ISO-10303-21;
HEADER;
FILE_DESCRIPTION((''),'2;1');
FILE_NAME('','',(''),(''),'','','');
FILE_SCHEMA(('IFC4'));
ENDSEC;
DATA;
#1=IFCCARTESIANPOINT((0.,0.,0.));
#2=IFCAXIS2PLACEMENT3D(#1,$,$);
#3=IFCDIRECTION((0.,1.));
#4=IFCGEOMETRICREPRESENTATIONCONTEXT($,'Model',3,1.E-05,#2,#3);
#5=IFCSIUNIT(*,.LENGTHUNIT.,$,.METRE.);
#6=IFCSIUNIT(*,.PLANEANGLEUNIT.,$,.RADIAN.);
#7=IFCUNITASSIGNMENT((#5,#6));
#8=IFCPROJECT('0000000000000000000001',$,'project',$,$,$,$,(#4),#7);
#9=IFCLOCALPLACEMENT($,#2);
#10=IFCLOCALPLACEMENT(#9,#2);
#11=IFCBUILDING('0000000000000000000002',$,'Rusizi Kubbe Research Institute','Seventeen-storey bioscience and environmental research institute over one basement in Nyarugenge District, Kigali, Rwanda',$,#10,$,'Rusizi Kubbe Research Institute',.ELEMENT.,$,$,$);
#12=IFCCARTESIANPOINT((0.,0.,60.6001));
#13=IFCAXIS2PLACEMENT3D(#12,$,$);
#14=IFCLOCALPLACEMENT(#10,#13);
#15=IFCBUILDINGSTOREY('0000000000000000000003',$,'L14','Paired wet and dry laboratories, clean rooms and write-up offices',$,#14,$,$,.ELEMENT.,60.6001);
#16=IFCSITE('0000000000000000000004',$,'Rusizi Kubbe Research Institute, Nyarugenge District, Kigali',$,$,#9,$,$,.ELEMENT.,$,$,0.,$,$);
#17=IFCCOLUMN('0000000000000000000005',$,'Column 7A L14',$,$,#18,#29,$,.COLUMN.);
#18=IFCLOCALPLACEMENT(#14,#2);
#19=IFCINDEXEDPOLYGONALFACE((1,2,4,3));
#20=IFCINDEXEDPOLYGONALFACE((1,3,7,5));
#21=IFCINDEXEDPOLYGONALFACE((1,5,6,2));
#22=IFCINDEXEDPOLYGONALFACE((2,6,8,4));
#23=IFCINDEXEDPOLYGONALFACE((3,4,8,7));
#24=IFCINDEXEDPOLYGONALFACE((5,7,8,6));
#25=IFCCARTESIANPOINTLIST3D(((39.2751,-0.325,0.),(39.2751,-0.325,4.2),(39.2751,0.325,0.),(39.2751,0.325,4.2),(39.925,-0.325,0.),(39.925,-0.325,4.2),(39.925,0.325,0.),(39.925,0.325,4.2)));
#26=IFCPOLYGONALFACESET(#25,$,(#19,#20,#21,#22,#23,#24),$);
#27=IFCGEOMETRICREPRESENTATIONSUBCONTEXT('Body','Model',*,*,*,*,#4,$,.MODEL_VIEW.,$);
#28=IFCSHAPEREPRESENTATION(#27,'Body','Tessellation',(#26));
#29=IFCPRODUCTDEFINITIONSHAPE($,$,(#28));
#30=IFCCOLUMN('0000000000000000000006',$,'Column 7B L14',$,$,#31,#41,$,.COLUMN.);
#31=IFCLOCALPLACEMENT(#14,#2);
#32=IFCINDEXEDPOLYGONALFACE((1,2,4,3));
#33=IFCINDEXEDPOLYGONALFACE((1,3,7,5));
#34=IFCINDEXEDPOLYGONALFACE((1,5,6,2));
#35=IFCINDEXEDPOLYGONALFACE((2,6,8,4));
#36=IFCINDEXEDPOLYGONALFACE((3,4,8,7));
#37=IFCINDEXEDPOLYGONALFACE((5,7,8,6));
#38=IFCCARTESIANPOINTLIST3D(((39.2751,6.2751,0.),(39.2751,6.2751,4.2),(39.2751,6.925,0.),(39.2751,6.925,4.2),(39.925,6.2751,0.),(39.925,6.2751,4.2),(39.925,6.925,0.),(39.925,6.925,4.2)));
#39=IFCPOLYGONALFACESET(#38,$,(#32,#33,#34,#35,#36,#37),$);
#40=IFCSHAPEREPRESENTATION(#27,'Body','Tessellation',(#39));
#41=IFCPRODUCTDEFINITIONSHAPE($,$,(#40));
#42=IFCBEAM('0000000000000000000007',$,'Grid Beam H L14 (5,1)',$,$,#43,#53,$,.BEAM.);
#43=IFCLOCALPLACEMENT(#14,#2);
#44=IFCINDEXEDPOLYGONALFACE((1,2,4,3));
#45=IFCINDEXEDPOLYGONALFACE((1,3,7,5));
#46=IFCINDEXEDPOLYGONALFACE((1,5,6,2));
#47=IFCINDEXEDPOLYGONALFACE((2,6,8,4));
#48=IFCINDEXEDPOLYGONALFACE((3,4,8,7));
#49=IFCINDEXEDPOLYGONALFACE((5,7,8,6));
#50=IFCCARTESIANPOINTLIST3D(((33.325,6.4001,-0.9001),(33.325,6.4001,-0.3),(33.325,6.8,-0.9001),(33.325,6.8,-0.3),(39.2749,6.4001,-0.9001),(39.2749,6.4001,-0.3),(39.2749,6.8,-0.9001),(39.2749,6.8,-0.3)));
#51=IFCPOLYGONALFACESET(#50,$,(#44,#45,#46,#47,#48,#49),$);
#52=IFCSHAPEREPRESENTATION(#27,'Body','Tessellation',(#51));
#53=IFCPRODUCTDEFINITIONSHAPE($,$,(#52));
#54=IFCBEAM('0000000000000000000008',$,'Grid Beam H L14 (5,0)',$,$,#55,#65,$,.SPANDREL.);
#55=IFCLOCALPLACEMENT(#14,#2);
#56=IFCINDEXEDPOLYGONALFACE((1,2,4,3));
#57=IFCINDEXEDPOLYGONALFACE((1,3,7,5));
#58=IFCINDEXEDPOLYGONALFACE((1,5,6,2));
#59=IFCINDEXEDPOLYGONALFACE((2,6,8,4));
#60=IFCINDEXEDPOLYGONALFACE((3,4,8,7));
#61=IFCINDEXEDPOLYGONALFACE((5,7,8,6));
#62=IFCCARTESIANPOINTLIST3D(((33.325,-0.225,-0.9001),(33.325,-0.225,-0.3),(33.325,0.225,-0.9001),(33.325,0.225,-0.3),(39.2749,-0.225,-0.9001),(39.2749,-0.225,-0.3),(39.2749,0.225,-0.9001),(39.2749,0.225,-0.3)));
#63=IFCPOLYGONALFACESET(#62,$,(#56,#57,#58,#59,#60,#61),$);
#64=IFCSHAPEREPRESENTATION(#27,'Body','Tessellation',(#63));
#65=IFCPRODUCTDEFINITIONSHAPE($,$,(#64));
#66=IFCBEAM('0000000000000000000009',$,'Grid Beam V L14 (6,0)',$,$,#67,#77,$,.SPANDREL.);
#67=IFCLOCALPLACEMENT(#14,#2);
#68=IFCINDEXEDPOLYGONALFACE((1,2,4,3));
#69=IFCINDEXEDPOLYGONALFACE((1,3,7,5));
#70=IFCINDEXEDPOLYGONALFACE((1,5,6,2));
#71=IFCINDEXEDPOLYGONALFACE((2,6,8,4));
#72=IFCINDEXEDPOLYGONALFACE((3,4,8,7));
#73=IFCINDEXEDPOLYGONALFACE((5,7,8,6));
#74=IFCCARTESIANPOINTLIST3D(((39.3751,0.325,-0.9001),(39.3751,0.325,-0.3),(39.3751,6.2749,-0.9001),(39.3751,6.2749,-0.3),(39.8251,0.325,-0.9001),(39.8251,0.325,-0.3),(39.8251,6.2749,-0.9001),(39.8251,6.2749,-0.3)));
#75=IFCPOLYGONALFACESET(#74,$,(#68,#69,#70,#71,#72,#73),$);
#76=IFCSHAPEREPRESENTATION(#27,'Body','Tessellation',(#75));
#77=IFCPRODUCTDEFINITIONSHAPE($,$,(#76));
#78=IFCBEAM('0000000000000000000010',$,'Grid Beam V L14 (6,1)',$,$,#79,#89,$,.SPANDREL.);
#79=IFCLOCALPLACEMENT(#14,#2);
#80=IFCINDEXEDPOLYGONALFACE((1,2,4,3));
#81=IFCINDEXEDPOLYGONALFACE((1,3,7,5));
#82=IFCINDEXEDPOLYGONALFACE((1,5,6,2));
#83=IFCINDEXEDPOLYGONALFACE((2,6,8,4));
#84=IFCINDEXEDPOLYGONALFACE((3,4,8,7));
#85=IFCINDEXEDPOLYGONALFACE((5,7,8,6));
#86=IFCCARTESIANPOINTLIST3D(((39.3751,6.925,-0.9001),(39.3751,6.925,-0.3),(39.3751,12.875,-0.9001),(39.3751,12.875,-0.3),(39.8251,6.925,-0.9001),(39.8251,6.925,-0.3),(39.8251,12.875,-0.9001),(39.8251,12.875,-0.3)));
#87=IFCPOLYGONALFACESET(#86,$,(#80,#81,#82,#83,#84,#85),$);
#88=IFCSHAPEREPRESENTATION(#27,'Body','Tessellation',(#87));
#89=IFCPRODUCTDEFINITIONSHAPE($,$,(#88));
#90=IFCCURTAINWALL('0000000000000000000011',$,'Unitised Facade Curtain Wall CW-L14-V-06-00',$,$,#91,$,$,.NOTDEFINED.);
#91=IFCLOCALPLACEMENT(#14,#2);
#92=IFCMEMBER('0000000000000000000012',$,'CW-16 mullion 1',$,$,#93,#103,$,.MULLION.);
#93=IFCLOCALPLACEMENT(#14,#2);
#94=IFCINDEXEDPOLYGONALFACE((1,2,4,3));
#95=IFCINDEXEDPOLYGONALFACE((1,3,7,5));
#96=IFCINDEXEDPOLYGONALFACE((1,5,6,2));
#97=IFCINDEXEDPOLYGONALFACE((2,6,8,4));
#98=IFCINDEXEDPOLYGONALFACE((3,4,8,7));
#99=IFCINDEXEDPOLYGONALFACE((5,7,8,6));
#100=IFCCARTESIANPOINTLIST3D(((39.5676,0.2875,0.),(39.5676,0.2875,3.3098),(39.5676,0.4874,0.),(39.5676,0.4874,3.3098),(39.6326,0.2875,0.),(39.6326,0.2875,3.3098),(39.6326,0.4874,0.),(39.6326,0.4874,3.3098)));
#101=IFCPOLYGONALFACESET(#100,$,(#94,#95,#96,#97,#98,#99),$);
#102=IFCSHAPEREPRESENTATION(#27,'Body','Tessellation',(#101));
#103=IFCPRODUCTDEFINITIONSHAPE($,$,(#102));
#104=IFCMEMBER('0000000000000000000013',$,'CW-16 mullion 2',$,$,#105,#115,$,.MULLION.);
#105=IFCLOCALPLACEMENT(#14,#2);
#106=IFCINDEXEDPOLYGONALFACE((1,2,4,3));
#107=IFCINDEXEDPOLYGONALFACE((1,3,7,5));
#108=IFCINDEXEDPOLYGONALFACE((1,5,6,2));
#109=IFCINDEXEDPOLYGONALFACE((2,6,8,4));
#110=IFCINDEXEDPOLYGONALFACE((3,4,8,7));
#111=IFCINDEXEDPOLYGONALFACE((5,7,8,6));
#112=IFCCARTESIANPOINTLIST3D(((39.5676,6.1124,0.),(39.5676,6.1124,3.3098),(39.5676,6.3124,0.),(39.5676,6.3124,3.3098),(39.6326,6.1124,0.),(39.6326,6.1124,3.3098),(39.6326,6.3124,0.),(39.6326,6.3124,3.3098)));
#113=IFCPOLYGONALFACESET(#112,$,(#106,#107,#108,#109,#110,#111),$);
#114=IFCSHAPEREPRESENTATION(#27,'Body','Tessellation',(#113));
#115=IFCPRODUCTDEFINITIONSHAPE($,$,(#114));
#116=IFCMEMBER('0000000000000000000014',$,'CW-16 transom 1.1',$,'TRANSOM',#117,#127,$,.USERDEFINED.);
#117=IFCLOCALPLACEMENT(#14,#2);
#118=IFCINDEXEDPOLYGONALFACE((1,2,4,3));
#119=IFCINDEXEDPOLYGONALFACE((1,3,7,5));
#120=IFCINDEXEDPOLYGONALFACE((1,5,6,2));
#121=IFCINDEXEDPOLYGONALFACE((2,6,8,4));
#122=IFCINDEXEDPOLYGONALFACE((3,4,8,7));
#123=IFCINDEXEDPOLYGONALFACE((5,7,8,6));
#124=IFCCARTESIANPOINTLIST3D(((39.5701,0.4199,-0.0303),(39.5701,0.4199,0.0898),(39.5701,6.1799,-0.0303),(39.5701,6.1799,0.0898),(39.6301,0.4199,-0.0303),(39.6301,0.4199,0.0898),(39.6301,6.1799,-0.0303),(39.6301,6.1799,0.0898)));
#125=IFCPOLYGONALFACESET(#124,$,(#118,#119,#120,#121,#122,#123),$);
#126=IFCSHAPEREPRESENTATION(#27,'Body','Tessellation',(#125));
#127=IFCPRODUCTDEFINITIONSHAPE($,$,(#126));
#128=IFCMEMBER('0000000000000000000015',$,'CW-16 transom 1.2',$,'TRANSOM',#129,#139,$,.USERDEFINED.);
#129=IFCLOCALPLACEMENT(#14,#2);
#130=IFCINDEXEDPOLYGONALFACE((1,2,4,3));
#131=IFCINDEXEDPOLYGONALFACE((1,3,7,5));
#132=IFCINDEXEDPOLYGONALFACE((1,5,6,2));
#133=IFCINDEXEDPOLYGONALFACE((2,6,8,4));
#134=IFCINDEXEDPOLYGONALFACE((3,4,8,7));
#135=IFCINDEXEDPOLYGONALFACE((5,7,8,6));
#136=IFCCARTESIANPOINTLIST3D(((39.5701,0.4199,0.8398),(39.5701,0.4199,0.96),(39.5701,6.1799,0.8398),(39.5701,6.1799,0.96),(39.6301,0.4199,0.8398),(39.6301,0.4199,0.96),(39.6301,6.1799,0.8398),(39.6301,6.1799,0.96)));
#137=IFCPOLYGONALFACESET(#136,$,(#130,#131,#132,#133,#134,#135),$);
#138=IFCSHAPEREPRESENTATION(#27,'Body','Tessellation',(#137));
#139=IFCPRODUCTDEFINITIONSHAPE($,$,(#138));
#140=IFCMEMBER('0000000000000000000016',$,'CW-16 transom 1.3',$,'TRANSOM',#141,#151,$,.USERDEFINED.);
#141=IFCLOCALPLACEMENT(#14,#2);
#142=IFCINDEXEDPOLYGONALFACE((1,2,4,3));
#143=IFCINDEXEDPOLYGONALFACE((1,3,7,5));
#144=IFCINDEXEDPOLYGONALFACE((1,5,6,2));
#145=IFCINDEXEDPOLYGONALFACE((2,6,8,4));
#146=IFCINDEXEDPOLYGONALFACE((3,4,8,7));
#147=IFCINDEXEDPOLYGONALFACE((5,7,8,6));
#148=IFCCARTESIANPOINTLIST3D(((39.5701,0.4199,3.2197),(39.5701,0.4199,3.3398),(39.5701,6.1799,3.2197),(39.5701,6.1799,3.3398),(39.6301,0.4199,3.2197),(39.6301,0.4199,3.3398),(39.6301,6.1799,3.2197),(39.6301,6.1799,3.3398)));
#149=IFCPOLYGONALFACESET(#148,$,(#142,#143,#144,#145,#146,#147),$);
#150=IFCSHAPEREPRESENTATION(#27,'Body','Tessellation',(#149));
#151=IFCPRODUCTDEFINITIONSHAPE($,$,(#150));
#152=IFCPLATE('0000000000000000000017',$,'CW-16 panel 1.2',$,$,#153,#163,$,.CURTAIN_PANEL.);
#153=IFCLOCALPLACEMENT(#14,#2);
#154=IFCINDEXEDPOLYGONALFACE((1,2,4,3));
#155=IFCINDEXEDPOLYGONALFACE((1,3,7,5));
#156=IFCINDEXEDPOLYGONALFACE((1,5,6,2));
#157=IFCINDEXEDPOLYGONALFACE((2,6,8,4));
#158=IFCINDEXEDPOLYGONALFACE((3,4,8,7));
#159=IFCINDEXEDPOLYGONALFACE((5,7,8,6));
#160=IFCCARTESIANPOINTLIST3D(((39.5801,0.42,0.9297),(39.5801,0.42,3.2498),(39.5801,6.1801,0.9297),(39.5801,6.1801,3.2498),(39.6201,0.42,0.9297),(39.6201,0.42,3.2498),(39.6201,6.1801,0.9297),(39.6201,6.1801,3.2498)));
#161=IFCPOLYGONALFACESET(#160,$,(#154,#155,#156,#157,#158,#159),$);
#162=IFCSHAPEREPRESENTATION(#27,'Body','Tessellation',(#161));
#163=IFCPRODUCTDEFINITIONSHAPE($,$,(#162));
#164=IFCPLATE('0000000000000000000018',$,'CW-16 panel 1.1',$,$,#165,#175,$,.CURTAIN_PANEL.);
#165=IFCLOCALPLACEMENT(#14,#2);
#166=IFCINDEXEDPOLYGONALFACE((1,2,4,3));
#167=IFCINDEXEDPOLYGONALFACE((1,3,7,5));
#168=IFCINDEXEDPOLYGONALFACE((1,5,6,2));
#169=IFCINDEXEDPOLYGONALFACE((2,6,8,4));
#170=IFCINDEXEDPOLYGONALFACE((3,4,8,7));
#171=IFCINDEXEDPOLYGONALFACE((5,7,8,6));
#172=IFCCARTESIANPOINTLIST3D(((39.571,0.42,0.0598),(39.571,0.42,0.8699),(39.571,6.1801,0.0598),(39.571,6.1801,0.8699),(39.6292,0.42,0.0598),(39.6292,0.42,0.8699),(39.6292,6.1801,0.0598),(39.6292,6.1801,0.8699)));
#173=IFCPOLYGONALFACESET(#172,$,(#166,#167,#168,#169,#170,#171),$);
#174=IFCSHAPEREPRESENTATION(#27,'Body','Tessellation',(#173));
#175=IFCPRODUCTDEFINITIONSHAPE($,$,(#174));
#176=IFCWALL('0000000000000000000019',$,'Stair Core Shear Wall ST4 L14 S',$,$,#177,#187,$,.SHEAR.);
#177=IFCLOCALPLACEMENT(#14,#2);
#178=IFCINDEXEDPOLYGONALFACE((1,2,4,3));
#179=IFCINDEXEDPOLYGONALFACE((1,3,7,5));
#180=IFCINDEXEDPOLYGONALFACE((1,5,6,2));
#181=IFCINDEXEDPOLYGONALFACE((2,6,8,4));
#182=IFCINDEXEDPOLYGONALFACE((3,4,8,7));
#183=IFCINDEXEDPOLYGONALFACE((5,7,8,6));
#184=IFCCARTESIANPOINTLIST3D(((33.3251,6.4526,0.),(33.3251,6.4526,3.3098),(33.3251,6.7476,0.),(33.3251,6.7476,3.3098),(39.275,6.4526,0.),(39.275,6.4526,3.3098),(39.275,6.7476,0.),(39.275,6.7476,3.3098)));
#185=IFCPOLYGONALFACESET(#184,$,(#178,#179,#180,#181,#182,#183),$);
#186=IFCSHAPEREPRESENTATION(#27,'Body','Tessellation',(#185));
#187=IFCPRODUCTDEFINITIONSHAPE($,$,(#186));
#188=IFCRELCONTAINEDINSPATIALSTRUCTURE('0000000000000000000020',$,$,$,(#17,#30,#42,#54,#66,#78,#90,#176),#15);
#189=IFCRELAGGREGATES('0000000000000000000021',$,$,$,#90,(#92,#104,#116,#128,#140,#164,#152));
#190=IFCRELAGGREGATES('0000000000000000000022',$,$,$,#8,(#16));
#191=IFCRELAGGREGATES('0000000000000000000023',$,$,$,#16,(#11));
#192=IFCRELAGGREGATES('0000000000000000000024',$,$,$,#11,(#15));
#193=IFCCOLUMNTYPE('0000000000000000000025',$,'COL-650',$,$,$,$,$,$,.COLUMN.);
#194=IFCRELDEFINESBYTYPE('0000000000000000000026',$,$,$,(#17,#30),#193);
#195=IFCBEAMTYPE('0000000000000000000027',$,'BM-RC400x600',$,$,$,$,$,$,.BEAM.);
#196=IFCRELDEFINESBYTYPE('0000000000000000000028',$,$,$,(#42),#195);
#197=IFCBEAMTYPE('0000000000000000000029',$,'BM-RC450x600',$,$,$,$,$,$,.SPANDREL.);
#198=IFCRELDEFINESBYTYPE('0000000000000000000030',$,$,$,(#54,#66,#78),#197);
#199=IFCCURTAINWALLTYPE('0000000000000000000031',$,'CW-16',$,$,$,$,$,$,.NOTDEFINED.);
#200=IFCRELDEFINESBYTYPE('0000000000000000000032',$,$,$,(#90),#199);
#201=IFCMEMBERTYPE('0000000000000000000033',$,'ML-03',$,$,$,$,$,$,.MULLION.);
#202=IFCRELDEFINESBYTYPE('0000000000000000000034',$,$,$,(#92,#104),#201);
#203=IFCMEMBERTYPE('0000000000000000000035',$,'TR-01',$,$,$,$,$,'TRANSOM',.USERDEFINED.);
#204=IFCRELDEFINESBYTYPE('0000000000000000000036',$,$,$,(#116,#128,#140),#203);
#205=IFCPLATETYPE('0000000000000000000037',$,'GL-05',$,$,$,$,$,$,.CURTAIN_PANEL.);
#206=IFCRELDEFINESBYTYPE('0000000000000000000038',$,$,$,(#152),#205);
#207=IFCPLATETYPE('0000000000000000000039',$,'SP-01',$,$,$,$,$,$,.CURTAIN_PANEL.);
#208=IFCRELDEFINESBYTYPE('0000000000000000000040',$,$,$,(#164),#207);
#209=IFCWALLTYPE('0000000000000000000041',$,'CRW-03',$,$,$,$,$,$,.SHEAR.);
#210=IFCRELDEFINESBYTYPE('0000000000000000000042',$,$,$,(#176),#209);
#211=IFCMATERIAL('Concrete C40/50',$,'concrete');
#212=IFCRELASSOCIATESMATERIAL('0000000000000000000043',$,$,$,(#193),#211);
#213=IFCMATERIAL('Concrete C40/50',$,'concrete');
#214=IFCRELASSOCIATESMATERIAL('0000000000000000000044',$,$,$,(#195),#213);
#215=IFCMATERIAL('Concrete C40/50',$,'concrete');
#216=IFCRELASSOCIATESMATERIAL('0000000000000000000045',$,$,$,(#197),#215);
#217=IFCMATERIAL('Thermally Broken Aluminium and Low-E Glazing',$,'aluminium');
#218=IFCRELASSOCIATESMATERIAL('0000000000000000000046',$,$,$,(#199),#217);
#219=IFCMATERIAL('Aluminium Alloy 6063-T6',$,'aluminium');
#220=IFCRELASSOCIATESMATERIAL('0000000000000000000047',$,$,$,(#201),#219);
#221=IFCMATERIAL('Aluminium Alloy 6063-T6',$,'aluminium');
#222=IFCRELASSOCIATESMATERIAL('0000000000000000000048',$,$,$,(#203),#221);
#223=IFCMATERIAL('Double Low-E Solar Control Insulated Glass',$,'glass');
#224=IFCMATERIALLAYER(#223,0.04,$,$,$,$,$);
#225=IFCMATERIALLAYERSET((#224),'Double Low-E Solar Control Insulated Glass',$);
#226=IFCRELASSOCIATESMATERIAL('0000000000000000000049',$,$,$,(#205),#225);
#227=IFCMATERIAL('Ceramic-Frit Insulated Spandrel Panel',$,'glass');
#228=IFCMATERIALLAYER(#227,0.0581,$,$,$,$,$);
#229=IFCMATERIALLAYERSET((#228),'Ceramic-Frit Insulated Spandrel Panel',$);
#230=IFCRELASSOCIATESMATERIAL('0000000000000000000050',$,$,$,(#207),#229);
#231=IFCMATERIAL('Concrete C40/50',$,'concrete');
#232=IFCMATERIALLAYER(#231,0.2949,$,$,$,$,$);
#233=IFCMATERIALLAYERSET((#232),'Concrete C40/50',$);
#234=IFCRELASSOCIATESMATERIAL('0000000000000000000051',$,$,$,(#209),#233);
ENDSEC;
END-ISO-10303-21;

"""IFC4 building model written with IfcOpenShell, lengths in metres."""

from ifc_helpers import new_model, si_unit, direction, frame, frame_2d, origin, origin_2d, place, context, subcontext, project, spatial, rectangle, extrude, material, layer, layer_set, material_profile, profile_set, type_object, element, aggregate, save


model = new_model("IFC4")

# Units and contexts
model_context = context("Model", 3, precision=1e-05, world=origin(), true_north=direction((0.0, 1.0)))
body_context = subcontext(model_context, "Body", "Model", "MODEL_VIEW")
ifc_project = project(units=[si_unit("LENGTHUNIT", "METRE"), si_unit("PLANEANGLEUNIT", "RADIAN")], contexts=[model_context])

# Site, building, storey
site_placement = place(None, origin())
site = spatial("IfcSite", under=ifc_project, at=site_placement, Name="Rusizi Kubbe Research Institute, Nyarugenge District, Kigali", CompositionType="ELEMENT", RefElevation=0.0)
building_placement = place(site_placement, origin())
building = spatial("IfcBuilding", under=site, at=building_placement, Name="Rusizi Kubbe Research Institute", Description="Seventeen-storey bioscience and environmental research institute over one basement in Nyarugenge District, Kigali, Rwanda", LongName="Rusizi Kubbe Research Institute", CompositionType="ELEMENT")
storey_placement = place(building_placement, frame((0.0, 0.0, 60.6001)))
storey = spatial("IfcBuildingStorey", under=building, at=storey_placement, Name="L14", Description="Paired wet and dry laboratories, clean rooms and write-up offices", CompositionType="ELEMENT", Elevation=60.6001)

# Columns
ifc_material_1 = material(Name="Concrete C40/50", Category="concrete")
ifc_material_profile_1 = material_profile(ifc_material_1, rectangle(XDim=0.6499, YDim=0.6499, at=origin_2d()), Name="RC650x650")
ifc_profile_set_1 = profile_set([ifc_material_profile_1], Name="Concrete C40/50")
column_type = type_object("IfcColumnType", Name="COL-650", PredefinedType="COLUMN", material=ifc_profile_set_1)
for number, where, z_axis, x_axis, name in (
    (1, (39.6001, 0.0, 0.0), (0.0, 0.0, 1.0), (1.0, 0.0, 0.0), "Column 7A L14"),
    (2, (39.6001, 6.6001, 0.0), (0.0, 0.0, 1.0), (1.0, 0.0, 0.0), "Column 7B L14"),
):
    element("IfcColumn", number, at=place(storey_placement, frame(where, z_axis=z_axis, x_axis=x_axis)), inside=storey, type_object=column_type, Name=name, PredefinedType="COLUMN", context=body_context, shape_type="SweptSolid", body=[
        extrude(rectangle(XDim=0.6499, YDim=0.6499, at=origin_2d()), origin(), (0.0, 0.0, 1.0), 4.2),
    ])

# Beams
ifc_material_2 = material(Name="Concrete C40/50", Category="concrete")
ifc_material_profile_2 = material_profile(ifc_material_2, rectangle(XDim=0.3999, YDim=0.6001, at=origin_2d()), Name="RC400x600")
ifc_profile_set_2 = profile_set([ifc_material_profile_2], Name="Concrete C40/50")
beam_type_1 = type_object("IfcBeamType", Name="BM-RC400x600", PredefinedType="BEAM", material=ifc_profile_set_2)
beam_placement = place(storey_placement, frame((33.325, 6.6001, -0.6001), z_axis=(1.0, 0.0, 0.0), x_axis=(0.0, 1.0, 0.0)))
element("IfcBeam", 3, at=beam_placement, inside=storey, type_object=beam_type_1, Name="Grid Beam H L14 (5,1)", PredefinedType="BEAM", context=body_context, shape_type="SweptSolid", body=[
    extrude(rectangle(XDim=0.3999, YDim=0.6001, at=origin_2d()), origin(), (0.0, 0.0, 1.0), 5.95),
])
ifc_material_3 = material(Name="Concrete C40/50", Category="concrete")
ifc_material_profile_3 = material_profile(ifc_material_3, rectangle(XDim=0.45, YDim=0.6001, at=origin_2d()), Name="RC450x600")
ifc_profile_set_3 = profile_set([ifc_material_profile_3], Name="Concrete C40/50")
beam_type_2 = type_object("IfcBeamType", Name="BM-RC450x600", PredefinedType="SPANDREL", material=ifc_profile_set_3)
for number, where, z_axis, x_axis, name in (
    (4, (33.325, 0.0, -0.6001), (1.0, 0.0, 0.0), (0.0, 1.0, 0.0), "Grid Beam H L14 (5,0)"),
    (5, (39.6001, 0.325, -0.6001), (0.0, 1.0, 0.0), (-1.0, 0.0, 0.0), "Grid Beam V L14 (6,0)"),
    (6, (39.6001, 6.925, -0.6001), (0.0, 1.0, 0.0), (-1.0, 0.0, 0.0), "Grid Beam V L14 (6,1)"),
):
    element("IfcBeam", number, at=place(storey_placement, frame(where, z_axis=z_axis, x_axis=x_axis)), inside=storey, type_object=beam_type_2, Name=name, PredefinedType="SPANDREL", context=body_context, shape_type="SweptSolid", body=[
        extrude(rectangle(XDim=0.45, YDim=0.6001, at=origin_2d()), origin(), (0.0, 0.0, 1.0), 5.95),
    ])

# Curtain wall, members, plates
ifc_material_4 = material(Name="Thermally Broken Aluminium and Low-E Glazing", Category="aluminium")
curtain_wall_type = type_object("IfcCurtainWallType", Name="CW-16", PredefinedType="NOTDEFINED", material=ifc_material_4)
curtain_wall_placement = place(storey_placement, origin())
curtain_wall = element("IfcCurtainWall", 7, at=curtain_wall_placement, inside=storey, type_object=curtain_wall_type, Name="Unitised Facade Curtain Wall CW-L14-V-06-00", PredefinedType="NOTDEFINED")
ifc_material_5 = material(Name="Aluminium Alloy 6063-T6", Category="aluminium")
ifc_material_profile_4 = material_profile(ifc_material_5, rectangle(XDim=0.0649, YDim=0.2, at=origin_2d()), Name="ALU-M 65x200")
ifc_profile_set_4 = profile_set([ifc_material_profile_4], Name="Aluminium Alloy 6063-T6")
member_type_1 = type_object("IfcMemberType", Name="ML-03", PredefinedType="MULLION", material=ifc_profile_set_4)
member_1_placement = place(storey_placement, frame((39.6001, 0.3875, 0.0), z_axis=(0.0, 0.0, 1.0), x_axis=(-1.0, 0.0, 0.0)))
member_1 = element("IfcMember", 8, at=member_1_placement, type_object=member_type_1, Name="CW-16 mullion 1", PredefinedType="MULLION", context=body_context, shape_type="SweptSolid", body=[
    extrude(rectangle(XDim=0.0649, YDim=0.2, at=origin_2d()), origin(), (0.0, 0.0, 1.0), 3.3098),
])
member_2_placement = place(storey_placement, frame((39.6001, 6.2124, 0.0), z_axis=(0.0, 0.0, 1.0), x_axis=(-1.0, 0.0, 0.0)))
member_2 = element("IfcMember", 9, at=member_2_placement, type_object=member_type_1, Name="CW-16 mullion 2", PredefinedType="MULLION", context=body_context, shape_type="SweptSolid", body=[
    extrude(rectangle(XDim=0.0649, YDim=0.2, at=origin_2d()), origin(), (0.0, 0.0, 1.0), 3.3098),
])
ifc_material_6 = material(Name="Aluminium Alloy 6063-T6", Category="aluminium")
ifc_material_profile_5 = material_profile(ifc_material_6, rectangle(XDim=0.0601, YDim=0.1201, at=origin_2d()), Name="ALU-T 60x120")
ifc_profile_set_5 = profile_set([ifc_material_profile_5], Name="Aluminium Alloy 6063-T6")
member_type_2 = type_object("IfcMemberType", Name="TR-01", ElementType="TRANSOM", PredefinedType="USERDEFINED", material=ifc_profile_set_5)
member_3_placement = place(storey_placement, frame((39.6001, 0.4199, 0.0298), z_axis=(0.0, 1.0, 0.0), x_axis=(-1.0, 0.0, 0.0)))
member_3 = element("IfcMember", 10, at=member_3_placement, type_object=member_type_2, Name="CW-16 transom 1.1", ObjectType="TRANSOM", PredefinedType="USERDEFINED", context=body_context, shape_type="SweptSolid", body=[
    extrude(rectangle(XDim=0.0601, YDim=0.1201, at=origin_2d()), origin(), (0.0, 0.0, 1.0), 5.76),
])
member_4_placement = place(storey_placement, frame((39.6001, 0.4199, 0.8999), z_axis=(0.0, 1.0, 0.0), x_axis=(-1.0, 0.0, 0.0)))
member_4 = element("IfcMember", 11, at=member_4_placement, type_object=member_type_2, Name="CW-16 transom 1.2", ObjectType="TRANSOM", PredefinedType="USERDEFINED", context=body_context, shape_type="SweptSolid", body=[
    extrude(rectangle(XDim=0.0601, YDim=0.1201, at=origin_2d()), origin(), (0.0, 0.0, 1.0), 5.76),
])
member_5_placement = place(storey_placement, frame((39.6001, 0.4199, 3.2798), z_axis=(0.0, 1.0, 0.0), x_axis=(-1.0, 0.0, 0.0)))
member_5 = element("IfcMember", 12, at=member_5_placement, type_object=member_type_2, Name="CW-16 transom 1.3", ObjectType="TRANSOM", PredefinedType="USERDEFINED", context=body_context, shape_type="SweptSolid", body=[
    extrude(rectangle(XDim=0.0601, YDim=0.1201, at=origin_2d()), origin(), (0.0, 0.0, 1.0), 5.76),
])
ifc_material_7 = material(Name="Double Low-E Solar Control Insulated Glass", Category="glass")
ifc_layer_1 = layer(ifc_material_7, 0.04)
ifc_layer_set_1 = layer_set([ifc_layer_1], Name="Double Low-E Solar Control Insulated Glass")
plate_type_1 = type_object("IfcPlateType", Name="GL-05", PredefinedType="CURTAIN_PANEL", material=ifc_layer_set_1)
plate_1_placement = place(storey_placement, frame((39.6001, 3.3, 0.9297), z_axis=(0.0, 0.0, 1.0), x_axis=(0.0, 1.0, 0.0)))
plate_1 = element("IfcPlate", 13, at=plate_1_placement, type_object=plate_type_1, Name="CW-16 panel 1.2", PredefinedType="CURTAIN_PANEL", context=body_context, shape_type="SweptSolid", body=[
    extrude(rectangle(XDim=5.76, YDim=0.04, at=origin_2d()), origin(), (0.0, 0.0, 1.0), 2.3201),
])
ifc_material_8 = material(Name="Ceramic-Frit Insulated Spandrel Panel", Category="glass")
ifc_layer_2 = layer(ifc_material_8, 0.0581)
ifc_layer_set_2 = layer_set([ifc_layer_2], Name="Ceramic-Frit Insulated Spandrel Panel")
plate_type_2 = type_object("IfcPlateType", Name="SP-01", PredefinedType="CURTAIN_PANEL", material=ifc_layer_set_2)
plate_2_placement = place(storey_placement, frame((39.6001, 3.3, 0.0598), z_axis=(0.0, 0.0, 1.0), x_axis=(0.0, 1.0, 0.0)))
plate_2 = element("IfcPlate", 14, at=plate_2_placement, type_object=plate_type_2, Name="CW-16 panel 1.1", PredefinedType="CURTAIN_PANEL", context=body_context, shape_type="SweptSolid", body=[
    extrude(rectangle(XDim=5.76, YDim=0.0581, at=origin_2d()), origin(), (0.0, 0.0, 1.0), 0.8101),
])
aggregate(curtain_wall, [member_1, member_2, member_3, member_4, member_5, plate_2, plate_1])

# Wall
ifc_material_9 = material(Name="Concrete C40/50", Category="concrete")
ifc_layer_3 = layer(ifc_material_9, 0.2949)
ifc_layer_set_3 = layer_set([ifc_layer_3], Name="Concrete C40/50")
wall_type_1 = type_object("IfcWallType", Name="CRW-03", PredefinedType="SHEAR", material=ifc_layer_set_3)
wall_placement = place(storey_placement, frame((33.325, 6.6001, 0.0), z_axis=(0.0, 0.0, 1.0), x_axis=(1.0, 0.0, 0.0)))
element("IfcWall", 15, at=wall_placement, inside=storey, type_object=wall_type_1, Name="Stair Core Shear Wall ST4 L14 S", PredefinedType="SHEAR", context=body_context, shape_type="SweptSolid", body=[
    extrude(rectangle(XDim=5.95, YDim=0.2949, at=frame_2d((2.9751, 0.0))), origin(), (0.0, 0.0, 1.0), 3.3098),
])

save(model, "model.ifc")
